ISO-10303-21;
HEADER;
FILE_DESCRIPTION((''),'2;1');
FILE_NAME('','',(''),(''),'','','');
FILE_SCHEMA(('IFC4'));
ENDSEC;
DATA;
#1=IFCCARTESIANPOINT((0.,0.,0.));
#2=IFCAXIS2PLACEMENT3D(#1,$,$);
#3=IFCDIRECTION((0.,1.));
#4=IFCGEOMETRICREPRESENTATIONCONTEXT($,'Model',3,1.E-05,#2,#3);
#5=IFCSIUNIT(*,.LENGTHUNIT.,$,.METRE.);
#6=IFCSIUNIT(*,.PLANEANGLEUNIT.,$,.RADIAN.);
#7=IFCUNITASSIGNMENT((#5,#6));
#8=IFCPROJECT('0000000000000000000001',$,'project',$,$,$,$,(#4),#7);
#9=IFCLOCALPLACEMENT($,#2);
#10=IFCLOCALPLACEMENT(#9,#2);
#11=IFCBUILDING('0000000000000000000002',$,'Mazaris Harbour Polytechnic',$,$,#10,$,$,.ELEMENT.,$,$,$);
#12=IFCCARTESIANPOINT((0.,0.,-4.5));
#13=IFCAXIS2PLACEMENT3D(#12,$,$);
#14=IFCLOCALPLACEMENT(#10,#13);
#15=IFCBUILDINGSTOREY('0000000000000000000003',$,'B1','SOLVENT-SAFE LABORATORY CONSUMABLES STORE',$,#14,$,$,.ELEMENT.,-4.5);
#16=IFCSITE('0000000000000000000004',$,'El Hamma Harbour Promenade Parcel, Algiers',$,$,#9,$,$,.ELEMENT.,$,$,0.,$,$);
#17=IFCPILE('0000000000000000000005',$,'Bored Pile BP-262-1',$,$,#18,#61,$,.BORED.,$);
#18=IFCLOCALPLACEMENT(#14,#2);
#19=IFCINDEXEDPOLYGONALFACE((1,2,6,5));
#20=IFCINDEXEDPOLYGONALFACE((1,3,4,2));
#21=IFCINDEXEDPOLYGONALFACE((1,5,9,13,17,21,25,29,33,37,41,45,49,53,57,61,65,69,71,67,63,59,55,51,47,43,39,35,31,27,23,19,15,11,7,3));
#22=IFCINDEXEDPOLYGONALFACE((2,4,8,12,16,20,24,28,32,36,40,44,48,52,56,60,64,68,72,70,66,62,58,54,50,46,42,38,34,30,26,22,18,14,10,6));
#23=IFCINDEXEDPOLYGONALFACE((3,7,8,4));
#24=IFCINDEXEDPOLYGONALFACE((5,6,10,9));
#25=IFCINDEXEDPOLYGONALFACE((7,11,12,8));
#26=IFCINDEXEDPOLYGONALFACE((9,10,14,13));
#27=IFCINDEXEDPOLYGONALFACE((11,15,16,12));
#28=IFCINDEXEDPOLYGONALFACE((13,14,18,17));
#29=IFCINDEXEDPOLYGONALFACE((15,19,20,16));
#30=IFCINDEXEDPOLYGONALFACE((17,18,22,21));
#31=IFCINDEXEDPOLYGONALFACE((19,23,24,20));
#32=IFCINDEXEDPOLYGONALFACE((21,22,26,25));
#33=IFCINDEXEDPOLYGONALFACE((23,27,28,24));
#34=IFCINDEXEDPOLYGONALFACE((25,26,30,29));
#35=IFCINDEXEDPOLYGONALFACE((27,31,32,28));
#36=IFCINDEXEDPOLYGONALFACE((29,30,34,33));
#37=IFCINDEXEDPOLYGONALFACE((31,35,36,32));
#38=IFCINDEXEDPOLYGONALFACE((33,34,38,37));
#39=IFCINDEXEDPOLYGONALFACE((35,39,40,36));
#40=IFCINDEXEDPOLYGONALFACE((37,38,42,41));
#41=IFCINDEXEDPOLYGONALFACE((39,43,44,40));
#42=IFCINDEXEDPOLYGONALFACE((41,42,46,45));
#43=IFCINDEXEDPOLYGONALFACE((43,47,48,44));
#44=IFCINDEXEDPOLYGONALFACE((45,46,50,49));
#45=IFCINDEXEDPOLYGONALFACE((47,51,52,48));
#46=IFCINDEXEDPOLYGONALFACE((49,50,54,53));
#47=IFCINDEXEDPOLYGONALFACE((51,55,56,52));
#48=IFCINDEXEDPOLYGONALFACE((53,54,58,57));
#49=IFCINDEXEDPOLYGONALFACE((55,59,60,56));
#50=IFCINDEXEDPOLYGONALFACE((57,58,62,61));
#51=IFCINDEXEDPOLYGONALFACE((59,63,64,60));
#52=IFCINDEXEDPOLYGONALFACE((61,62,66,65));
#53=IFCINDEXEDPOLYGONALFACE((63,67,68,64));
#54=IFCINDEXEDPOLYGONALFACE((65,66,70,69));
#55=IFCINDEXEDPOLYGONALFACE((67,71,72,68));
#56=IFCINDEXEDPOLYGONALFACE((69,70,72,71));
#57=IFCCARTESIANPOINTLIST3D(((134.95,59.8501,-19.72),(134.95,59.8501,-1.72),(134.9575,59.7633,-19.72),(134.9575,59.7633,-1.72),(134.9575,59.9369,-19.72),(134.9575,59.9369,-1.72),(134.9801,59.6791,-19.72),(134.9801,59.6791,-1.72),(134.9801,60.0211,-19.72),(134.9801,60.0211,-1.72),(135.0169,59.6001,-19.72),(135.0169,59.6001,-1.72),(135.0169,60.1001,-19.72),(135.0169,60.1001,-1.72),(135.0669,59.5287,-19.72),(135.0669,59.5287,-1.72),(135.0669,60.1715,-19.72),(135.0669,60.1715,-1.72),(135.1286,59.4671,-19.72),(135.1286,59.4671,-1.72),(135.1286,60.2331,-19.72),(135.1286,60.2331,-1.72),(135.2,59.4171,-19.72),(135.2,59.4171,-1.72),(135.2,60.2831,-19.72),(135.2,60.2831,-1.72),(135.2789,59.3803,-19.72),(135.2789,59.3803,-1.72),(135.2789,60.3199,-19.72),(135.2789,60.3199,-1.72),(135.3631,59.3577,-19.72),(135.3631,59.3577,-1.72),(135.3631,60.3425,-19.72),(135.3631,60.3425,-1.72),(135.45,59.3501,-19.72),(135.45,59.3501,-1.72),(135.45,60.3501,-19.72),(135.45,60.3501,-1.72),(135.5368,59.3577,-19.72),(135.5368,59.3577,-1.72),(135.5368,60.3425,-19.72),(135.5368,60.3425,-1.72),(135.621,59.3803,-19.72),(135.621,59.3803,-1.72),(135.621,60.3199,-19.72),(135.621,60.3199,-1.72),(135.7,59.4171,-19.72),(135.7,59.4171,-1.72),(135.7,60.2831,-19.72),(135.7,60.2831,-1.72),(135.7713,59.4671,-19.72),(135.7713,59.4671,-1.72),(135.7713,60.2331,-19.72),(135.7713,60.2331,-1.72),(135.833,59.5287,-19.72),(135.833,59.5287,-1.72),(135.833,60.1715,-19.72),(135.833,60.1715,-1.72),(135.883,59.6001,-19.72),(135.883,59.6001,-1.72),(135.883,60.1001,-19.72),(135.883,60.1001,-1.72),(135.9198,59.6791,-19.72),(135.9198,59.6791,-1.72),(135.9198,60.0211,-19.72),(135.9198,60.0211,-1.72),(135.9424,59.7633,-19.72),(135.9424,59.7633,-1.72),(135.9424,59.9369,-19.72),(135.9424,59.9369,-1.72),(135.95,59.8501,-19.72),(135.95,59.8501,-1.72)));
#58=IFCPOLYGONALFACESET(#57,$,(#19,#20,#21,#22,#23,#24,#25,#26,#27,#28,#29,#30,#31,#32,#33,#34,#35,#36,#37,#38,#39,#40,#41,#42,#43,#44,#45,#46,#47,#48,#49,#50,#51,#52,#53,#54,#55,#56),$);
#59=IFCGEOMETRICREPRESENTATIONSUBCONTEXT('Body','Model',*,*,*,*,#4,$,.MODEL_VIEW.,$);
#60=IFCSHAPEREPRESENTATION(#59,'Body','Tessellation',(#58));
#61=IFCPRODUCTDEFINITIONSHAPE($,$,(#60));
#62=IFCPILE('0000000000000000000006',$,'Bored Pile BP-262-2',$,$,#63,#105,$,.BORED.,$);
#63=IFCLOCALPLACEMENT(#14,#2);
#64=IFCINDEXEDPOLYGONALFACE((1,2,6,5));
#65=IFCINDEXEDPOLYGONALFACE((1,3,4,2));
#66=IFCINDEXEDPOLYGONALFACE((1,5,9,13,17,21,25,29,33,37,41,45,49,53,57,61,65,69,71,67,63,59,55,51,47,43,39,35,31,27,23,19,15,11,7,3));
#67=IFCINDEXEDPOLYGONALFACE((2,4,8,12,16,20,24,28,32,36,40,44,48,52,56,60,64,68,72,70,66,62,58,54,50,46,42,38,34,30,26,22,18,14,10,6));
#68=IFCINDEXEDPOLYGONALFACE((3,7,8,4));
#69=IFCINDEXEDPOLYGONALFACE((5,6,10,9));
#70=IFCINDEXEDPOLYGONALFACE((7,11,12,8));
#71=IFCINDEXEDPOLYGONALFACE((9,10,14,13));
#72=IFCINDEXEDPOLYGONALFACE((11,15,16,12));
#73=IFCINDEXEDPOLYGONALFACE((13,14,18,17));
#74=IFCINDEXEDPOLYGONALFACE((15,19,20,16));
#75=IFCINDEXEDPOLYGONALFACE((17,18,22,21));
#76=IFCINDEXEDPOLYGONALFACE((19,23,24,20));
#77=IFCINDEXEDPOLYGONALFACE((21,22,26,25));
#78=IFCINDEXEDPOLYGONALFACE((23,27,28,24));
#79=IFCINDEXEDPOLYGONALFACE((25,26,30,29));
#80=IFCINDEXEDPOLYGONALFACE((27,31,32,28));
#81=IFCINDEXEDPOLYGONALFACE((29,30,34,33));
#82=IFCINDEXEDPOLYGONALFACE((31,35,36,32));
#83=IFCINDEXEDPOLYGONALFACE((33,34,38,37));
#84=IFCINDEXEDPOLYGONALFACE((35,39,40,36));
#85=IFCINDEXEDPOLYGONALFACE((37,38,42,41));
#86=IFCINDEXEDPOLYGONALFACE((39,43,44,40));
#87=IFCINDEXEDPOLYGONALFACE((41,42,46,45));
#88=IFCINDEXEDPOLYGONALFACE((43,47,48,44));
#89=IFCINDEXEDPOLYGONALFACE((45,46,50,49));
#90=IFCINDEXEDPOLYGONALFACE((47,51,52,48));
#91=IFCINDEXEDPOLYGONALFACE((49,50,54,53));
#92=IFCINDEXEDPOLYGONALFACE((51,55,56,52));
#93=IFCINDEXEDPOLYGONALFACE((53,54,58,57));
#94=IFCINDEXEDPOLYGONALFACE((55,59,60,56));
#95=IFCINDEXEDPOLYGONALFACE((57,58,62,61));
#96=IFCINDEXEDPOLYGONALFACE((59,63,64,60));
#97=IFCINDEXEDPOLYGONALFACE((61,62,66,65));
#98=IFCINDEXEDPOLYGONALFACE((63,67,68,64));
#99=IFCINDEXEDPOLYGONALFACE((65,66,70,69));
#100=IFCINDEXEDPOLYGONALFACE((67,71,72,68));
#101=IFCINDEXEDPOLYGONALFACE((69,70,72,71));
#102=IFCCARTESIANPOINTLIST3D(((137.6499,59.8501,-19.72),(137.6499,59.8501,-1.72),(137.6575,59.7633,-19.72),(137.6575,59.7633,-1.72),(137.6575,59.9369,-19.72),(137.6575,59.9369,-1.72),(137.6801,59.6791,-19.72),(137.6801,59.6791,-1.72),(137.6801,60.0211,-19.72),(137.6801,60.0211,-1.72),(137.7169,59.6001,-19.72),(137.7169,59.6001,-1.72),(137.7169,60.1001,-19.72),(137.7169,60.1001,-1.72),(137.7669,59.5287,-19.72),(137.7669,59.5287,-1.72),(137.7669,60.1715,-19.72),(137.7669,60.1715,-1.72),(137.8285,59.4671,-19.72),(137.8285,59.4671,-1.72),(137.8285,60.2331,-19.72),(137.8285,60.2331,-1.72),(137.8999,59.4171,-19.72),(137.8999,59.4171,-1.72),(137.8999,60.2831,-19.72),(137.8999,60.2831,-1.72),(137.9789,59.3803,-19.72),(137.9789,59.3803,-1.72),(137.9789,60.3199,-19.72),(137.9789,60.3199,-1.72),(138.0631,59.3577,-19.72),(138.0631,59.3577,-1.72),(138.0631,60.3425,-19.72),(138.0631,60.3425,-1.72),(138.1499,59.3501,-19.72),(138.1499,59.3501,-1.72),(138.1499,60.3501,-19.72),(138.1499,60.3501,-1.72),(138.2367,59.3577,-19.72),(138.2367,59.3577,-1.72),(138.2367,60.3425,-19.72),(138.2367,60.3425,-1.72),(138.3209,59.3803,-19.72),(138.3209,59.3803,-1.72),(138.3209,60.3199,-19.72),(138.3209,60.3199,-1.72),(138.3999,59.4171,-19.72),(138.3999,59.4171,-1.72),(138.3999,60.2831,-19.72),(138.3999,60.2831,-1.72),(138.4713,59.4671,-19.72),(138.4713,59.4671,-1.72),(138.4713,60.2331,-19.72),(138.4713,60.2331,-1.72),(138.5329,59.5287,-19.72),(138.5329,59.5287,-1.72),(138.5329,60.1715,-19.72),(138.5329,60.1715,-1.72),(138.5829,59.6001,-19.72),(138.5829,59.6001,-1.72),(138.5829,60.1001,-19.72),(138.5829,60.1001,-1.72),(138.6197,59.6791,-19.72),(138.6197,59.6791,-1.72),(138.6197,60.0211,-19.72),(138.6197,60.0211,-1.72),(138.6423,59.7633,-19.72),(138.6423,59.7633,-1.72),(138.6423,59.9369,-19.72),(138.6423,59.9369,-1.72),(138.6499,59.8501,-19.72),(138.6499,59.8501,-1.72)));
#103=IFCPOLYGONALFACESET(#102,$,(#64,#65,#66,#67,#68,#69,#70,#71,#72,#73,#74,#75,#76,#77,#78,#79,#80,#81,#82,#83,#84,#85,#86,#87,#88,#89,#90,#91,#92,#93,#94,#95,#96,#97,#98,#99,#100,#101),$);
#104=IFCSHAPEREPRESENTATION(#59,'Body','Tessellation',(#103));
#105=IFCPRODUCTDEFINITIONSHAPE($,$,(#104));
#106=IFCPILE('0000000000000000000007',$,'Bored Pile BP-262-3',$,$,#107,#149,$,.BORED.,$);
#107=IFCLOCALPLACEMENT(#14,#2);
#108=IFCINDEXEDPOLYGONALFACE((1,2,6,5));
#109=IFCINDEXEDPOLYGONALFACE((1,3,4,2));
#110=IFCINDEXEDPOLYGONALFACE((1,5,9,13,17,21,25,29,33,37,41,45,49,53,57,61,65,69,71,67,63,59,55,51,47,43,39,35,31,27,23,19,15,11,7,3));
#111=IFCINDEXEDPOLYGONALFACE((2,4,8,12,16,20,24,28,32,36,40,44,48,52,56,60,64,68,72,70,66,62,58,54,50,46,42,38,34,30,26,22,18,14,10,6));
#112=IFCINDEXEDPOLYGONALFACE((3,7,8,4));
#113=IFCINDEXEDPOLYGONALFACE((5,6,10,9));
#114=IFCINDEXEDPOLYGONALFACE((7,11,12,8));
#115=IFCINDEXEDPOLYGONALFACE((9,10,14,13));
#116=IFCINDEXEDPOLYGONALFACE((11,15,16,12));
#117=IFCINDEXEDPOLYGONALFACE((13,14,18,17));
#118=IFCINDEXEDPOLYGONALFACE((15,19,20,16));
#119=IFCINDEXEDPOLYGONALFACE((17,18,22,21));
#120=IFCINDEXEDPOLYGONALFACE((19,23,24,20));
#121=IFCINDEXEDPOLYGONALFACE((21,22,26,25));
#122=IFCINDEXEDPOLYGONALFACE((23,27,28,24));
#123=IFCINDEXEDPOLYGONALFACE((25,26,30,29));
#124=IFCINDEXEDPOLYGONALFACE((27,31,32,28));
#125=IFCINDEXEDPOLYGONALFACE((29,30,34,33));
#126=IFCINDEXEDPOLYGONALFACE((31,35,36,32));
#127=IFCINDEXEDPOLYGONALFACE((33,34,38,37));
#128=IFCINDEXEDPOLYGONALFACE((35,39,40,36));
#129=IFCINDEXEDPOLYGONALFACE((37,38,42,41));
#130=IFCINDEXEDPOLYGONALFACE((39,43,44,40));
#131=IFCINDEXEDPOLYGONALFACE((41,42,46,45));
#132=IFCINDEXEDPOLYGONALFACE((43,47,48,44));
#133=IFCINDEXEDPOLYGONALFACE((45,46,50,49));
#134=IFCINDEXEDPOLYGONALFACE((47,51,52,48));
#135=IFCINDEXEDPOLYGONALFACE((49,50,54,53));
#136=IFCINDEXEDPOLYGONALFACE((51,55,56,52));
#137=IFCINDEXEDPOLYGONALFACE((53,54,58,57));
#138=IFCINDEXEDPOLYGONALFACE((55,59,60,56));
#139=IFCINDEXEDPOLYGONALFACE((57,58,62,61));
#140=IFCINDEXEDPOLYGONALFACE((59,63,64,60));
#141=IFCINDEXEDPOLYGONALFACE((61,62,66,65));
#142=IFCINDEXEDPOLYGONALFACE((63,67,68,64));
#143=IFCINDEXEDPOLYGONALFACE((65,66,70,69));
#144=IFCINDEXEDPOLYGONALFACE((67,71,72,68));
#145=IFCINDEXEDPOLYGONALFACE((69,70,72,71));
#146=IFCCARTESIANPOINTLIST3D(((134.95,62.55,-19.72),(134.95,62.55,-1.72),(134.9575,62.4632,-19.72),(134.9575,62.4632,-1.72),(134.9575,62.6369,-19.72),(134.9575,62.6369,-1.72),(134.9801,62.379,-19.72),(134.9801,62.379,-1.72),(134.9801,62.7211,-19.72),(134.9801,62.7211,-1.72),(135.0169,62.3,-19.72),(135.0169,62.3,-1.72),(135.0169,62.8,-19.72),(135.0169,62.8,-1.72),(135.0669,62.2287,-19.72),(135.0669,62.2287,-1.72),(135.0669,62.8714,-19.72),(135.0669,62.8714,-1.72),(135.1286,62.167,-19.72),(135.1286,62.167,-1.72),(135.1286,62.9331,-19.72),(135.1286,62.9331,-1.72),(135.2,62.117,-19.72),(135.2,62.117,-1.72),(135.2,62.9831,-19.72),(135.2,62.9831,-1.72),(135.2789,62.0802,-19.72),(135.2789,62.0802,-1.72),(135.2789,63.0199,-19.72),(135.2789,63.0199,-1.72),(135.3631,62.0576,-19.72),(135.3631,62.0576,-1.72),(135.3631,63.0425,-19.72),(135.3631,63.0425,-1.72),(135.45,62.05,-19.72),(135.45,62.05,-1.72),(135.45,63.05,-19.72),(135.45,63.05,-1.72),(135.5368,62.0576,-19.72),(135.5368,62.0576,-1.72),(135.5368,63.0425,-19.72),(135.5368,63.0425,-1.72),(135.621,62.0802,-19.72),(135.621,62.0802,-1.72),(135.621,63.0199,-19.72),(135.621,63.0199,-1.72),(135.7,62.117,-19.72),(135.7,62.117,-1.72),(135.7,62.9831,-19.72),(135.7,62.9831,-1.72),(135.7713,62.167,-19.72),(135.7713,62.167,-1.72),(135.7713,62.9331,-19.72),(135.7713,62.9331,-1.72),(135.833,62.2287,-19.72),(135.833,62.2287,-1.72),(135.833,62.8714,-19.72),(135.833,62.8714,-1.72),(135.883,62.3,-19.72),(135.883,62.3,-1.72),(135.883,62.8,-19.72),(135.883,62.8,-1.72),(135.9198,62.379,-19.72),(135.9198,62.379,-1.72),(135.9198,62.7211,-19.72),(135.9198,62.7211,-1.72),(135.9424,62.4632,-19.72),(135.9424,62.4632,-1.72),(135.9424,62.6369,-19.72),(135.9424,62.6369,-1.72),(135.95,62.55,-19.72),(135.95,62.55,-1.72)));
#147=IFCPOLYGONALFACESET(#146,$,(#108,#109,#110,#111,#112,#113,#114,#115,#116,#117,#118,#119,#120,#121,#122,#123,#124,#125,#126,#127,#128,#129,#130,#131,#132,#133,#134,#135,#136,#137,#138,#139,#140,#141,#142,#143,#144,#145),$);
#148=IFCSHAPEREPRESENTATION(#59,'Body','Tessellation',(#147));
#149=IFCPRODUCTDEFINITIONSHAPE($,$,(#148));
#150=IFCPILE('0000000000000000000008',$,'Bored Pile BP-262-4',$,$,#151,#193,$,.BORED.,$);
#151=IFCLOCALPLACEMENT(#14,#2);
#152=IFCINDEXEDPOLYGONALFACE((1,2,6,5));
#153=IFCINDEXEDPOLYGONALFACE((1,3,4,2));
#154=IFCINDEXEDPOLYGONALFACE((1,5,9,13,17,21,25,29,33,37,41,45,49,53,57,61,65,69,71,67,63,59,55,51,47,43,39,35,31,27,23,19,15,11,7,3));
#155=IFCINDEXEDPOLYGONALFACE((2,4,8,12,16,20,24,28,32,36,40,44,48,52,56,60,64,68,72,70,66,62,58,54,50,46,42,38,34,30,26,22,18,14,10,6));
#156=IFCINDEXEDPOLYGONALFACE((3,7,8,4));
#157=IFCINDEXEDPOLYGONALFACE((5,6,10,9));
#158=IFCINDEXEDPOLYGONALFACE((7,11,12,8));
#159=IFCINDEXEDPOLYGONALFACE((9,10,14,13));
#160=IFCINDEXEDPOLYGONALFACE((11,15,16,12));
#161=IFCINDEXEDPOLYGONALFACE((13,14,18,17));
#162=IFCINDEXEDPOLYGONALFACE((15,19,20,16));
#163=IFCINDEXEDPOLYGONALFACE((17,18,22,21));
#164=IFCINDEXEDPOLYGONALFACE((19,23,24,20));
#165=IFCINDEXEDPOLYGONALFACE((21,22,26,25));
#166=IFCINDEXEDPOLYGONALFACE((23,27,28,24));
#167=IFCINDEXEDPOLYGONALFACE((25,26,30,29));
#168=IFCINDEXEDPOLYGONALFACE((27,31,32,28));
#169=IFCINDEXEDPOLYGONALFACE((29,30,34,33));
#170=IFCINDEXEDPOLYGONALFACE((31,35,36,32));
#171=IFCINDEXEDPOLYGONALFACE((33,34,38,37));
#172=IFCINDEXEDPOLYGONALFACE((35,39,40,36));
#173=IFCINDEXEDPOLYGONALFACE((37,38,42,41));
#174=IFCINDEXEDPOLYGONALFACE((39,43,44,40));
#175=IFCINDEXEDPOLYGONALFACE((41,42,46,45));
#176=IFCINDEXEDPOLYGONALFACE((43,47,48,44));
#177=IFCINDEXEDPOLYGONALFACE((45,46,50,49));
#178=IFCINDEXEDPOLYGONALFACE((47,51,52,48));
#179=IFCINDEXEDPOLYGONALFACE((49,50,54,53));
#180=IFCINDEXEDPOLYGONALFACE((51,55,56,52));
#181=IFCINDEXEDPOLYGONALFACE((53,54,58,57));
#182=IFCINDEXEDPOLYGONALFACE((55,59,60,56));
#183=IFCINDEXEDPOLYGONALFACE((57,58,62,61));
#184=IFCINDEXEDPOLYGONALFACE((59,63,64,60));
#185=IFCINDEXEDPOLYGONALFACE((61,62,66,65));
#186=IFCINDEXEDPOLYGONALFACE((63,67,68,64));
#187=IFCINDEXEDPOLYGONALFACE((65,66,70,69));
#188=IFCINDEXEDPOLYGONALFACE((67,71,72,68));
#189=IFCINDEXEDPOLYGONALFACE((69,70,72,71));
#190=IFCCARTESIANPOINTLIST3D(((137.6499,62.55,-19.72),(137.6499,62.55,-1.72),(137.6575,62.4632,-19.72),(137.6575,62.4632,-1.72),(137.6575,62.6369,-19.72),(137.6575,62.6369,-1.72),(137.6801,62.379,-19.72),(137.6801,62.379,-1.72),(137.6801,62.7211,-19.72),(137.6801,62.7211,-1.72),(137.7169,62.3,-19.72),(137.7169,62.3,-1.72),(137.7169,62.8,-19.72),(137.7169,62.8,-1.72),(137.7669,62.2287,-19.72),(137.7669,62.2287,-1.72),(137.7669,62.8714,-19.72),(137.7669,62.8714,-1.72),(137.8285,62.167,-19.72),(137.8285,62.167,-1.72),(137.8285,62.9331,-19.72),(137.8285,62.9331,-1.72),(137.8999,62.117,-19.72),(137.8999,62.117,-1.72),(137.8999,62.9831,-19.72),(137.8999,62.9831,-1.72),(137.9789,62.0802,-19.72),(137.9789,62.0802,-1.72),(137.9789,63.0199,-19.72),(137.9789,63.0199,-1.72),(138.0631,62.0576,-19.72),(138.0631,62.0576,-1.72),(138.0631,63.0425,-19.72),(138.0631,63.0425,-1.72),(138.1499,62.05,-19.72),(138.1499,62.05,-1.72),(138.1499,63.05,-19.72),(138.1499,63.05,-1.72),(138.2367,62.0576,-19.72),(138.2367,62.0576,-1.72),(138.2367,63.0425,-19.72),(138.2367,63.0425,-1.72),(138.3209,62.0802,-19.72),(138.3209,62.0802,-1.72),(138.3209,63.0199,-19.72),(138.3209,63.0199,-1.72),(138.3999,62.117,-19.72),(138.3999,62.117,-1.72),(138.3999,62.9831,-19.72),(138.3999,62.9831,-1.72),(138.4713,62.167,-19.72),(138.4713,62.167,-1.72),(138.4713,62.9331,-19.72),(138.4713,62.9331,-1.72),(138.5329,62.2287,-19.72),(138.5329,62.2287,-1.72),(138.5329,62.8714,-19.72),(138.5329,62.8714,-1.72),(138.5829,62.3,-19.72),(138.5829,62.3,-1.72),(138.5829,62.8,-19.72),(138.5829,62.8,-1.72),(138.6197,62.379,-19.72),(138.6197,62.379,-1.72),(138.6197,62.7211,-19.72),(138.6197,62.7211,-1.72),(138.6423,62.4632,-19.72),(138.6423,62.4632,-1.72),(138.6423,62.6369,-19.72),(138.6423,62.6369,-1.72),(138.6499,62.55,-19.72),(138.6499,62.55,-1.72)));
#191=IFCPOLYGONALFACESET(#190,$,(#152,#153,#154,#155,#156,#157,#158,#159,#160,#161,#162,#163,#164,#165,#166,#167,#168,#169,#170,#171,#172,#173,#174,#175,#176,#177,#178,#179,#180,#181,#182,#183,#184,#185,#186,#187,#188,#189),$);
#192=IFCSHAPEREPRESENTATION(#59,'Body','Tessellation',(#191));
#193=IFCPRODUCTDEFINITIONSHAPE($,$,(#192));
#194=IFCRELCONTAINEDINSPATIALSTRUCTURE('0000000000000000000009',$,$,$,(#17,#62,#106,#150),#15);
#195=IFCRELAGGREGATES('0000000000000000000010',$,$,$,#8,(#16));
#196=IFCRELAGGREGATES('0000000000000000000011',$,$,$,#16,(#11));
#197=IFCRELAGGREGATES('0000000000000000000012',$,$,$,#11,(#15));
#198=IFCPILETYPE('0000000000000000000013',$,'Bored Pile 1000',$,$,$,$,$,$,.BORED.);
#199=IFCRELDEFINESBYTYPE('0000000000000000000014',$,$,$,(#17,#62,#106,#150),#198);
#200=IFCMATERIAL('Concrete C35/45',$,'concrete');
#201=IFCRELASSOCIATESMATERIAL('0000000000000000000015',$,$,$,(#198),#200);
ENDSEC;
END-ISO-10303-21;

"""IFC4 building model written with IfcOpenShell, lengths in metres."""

from ifc_helpers import new_model, si_unit, direction, frame, origin, origin_2d, place, context, subcontext, project, spatial, circle, extrude, material, material_profile, profile_set, type_object, element, save


model = new_model("IFC4")

# Units and contexts
model_context = context("Model", 3, precision=1e-05, world=origin(), true_north=direction((0.0, 1.0)))
body_context = subcontext(model_context, "Body", "Model", "MODEL_VIEW")
ifc_project = project(units=[si_unit("LENGTHUNIT", "METRE"), si_unit("PLANEANGLEUNIT", "RADIAN")], contexts=[model_context])

# Site, building, storey
site_placement = place(None, origin())
site = spatial("IfcSite", under=ifc_project, at=site_placement, Name="El Hamma Harbour Promenade Parcel, Algiers", CompositionType="ELEMENT", RefElevation=0.0)
building_placement = place(site_placement, origin())
building = spatial("IfcBuilding", under=site, at=building_placement, Name="Mazaris Harbour Polytechnic", CompositionType="ELEMENT")
storey_placement = place(building_placement, frame((0.0, 0.0, -4.5)))
storey = spatial("IfcBuildingStorey", under=building, at=storey_placement, Name="B1", Description="SOLVENT-SAFE LABORATORY CONSUMABLES STORE", CompositionType="ELEMENT", Elevation=-4.5)

# Piles
ifc_material_1 = material(Name="Concrete C35/45", Category="concrete")
ifc_material_profile_1 = material_profile(ifc_material_1, circle(Radius=0.5, at=origin_2d()), Name="DIA1000")
ifc_profile_set_1 = profile_set([ifc_material_profile_1], Name="Concrete C35/45")
pile_type_1 = type_object("IfcPileType", Name="Bored Pile 1000", PredefinedType="BORED", material=ifc_profile_set_1)
for number, where, z_axis, x_axis, name in (
    (1, (135.45, 59.8501, -1.72), (0.0, 0.0, -1.0), (1.0, 0.0, 0.0), "Bored Pile BP-262-1"),
    (2, (138.1499, 59.8501, -1.72), (0.0, 0.0, -1.0), (1.0, 0.0, 0.0), "Bored Pile BP-262-2"),
    (3, (135.45, 62.55, -1.72), (0.0, 0.0, -1.0), (1.0, 0.0, 0.0), "Bored Pile BP-262-3"),
    (4, (138.1499, 62.55, -1.72), (0.0, 0.0, -1.0), (1.0, 0.0, 0.0), "Bored Pile BP-262-4"),
):
    element("IfcPile", number, at=place(storey_placement, frame(where, z_axis=z_axis, x_axis=x_axis)), inside=storey, type_object=pile_type_1, Name=name, PredefinedType="BORED", context=body_context, shape_type="SweptSolid", body=[
        extrude(circle(Radius=0.5, at=origin_2d()), origin(), (0.0, 0.0, 1.0), 18.0),
    ])

save(model, "model.ifc")
